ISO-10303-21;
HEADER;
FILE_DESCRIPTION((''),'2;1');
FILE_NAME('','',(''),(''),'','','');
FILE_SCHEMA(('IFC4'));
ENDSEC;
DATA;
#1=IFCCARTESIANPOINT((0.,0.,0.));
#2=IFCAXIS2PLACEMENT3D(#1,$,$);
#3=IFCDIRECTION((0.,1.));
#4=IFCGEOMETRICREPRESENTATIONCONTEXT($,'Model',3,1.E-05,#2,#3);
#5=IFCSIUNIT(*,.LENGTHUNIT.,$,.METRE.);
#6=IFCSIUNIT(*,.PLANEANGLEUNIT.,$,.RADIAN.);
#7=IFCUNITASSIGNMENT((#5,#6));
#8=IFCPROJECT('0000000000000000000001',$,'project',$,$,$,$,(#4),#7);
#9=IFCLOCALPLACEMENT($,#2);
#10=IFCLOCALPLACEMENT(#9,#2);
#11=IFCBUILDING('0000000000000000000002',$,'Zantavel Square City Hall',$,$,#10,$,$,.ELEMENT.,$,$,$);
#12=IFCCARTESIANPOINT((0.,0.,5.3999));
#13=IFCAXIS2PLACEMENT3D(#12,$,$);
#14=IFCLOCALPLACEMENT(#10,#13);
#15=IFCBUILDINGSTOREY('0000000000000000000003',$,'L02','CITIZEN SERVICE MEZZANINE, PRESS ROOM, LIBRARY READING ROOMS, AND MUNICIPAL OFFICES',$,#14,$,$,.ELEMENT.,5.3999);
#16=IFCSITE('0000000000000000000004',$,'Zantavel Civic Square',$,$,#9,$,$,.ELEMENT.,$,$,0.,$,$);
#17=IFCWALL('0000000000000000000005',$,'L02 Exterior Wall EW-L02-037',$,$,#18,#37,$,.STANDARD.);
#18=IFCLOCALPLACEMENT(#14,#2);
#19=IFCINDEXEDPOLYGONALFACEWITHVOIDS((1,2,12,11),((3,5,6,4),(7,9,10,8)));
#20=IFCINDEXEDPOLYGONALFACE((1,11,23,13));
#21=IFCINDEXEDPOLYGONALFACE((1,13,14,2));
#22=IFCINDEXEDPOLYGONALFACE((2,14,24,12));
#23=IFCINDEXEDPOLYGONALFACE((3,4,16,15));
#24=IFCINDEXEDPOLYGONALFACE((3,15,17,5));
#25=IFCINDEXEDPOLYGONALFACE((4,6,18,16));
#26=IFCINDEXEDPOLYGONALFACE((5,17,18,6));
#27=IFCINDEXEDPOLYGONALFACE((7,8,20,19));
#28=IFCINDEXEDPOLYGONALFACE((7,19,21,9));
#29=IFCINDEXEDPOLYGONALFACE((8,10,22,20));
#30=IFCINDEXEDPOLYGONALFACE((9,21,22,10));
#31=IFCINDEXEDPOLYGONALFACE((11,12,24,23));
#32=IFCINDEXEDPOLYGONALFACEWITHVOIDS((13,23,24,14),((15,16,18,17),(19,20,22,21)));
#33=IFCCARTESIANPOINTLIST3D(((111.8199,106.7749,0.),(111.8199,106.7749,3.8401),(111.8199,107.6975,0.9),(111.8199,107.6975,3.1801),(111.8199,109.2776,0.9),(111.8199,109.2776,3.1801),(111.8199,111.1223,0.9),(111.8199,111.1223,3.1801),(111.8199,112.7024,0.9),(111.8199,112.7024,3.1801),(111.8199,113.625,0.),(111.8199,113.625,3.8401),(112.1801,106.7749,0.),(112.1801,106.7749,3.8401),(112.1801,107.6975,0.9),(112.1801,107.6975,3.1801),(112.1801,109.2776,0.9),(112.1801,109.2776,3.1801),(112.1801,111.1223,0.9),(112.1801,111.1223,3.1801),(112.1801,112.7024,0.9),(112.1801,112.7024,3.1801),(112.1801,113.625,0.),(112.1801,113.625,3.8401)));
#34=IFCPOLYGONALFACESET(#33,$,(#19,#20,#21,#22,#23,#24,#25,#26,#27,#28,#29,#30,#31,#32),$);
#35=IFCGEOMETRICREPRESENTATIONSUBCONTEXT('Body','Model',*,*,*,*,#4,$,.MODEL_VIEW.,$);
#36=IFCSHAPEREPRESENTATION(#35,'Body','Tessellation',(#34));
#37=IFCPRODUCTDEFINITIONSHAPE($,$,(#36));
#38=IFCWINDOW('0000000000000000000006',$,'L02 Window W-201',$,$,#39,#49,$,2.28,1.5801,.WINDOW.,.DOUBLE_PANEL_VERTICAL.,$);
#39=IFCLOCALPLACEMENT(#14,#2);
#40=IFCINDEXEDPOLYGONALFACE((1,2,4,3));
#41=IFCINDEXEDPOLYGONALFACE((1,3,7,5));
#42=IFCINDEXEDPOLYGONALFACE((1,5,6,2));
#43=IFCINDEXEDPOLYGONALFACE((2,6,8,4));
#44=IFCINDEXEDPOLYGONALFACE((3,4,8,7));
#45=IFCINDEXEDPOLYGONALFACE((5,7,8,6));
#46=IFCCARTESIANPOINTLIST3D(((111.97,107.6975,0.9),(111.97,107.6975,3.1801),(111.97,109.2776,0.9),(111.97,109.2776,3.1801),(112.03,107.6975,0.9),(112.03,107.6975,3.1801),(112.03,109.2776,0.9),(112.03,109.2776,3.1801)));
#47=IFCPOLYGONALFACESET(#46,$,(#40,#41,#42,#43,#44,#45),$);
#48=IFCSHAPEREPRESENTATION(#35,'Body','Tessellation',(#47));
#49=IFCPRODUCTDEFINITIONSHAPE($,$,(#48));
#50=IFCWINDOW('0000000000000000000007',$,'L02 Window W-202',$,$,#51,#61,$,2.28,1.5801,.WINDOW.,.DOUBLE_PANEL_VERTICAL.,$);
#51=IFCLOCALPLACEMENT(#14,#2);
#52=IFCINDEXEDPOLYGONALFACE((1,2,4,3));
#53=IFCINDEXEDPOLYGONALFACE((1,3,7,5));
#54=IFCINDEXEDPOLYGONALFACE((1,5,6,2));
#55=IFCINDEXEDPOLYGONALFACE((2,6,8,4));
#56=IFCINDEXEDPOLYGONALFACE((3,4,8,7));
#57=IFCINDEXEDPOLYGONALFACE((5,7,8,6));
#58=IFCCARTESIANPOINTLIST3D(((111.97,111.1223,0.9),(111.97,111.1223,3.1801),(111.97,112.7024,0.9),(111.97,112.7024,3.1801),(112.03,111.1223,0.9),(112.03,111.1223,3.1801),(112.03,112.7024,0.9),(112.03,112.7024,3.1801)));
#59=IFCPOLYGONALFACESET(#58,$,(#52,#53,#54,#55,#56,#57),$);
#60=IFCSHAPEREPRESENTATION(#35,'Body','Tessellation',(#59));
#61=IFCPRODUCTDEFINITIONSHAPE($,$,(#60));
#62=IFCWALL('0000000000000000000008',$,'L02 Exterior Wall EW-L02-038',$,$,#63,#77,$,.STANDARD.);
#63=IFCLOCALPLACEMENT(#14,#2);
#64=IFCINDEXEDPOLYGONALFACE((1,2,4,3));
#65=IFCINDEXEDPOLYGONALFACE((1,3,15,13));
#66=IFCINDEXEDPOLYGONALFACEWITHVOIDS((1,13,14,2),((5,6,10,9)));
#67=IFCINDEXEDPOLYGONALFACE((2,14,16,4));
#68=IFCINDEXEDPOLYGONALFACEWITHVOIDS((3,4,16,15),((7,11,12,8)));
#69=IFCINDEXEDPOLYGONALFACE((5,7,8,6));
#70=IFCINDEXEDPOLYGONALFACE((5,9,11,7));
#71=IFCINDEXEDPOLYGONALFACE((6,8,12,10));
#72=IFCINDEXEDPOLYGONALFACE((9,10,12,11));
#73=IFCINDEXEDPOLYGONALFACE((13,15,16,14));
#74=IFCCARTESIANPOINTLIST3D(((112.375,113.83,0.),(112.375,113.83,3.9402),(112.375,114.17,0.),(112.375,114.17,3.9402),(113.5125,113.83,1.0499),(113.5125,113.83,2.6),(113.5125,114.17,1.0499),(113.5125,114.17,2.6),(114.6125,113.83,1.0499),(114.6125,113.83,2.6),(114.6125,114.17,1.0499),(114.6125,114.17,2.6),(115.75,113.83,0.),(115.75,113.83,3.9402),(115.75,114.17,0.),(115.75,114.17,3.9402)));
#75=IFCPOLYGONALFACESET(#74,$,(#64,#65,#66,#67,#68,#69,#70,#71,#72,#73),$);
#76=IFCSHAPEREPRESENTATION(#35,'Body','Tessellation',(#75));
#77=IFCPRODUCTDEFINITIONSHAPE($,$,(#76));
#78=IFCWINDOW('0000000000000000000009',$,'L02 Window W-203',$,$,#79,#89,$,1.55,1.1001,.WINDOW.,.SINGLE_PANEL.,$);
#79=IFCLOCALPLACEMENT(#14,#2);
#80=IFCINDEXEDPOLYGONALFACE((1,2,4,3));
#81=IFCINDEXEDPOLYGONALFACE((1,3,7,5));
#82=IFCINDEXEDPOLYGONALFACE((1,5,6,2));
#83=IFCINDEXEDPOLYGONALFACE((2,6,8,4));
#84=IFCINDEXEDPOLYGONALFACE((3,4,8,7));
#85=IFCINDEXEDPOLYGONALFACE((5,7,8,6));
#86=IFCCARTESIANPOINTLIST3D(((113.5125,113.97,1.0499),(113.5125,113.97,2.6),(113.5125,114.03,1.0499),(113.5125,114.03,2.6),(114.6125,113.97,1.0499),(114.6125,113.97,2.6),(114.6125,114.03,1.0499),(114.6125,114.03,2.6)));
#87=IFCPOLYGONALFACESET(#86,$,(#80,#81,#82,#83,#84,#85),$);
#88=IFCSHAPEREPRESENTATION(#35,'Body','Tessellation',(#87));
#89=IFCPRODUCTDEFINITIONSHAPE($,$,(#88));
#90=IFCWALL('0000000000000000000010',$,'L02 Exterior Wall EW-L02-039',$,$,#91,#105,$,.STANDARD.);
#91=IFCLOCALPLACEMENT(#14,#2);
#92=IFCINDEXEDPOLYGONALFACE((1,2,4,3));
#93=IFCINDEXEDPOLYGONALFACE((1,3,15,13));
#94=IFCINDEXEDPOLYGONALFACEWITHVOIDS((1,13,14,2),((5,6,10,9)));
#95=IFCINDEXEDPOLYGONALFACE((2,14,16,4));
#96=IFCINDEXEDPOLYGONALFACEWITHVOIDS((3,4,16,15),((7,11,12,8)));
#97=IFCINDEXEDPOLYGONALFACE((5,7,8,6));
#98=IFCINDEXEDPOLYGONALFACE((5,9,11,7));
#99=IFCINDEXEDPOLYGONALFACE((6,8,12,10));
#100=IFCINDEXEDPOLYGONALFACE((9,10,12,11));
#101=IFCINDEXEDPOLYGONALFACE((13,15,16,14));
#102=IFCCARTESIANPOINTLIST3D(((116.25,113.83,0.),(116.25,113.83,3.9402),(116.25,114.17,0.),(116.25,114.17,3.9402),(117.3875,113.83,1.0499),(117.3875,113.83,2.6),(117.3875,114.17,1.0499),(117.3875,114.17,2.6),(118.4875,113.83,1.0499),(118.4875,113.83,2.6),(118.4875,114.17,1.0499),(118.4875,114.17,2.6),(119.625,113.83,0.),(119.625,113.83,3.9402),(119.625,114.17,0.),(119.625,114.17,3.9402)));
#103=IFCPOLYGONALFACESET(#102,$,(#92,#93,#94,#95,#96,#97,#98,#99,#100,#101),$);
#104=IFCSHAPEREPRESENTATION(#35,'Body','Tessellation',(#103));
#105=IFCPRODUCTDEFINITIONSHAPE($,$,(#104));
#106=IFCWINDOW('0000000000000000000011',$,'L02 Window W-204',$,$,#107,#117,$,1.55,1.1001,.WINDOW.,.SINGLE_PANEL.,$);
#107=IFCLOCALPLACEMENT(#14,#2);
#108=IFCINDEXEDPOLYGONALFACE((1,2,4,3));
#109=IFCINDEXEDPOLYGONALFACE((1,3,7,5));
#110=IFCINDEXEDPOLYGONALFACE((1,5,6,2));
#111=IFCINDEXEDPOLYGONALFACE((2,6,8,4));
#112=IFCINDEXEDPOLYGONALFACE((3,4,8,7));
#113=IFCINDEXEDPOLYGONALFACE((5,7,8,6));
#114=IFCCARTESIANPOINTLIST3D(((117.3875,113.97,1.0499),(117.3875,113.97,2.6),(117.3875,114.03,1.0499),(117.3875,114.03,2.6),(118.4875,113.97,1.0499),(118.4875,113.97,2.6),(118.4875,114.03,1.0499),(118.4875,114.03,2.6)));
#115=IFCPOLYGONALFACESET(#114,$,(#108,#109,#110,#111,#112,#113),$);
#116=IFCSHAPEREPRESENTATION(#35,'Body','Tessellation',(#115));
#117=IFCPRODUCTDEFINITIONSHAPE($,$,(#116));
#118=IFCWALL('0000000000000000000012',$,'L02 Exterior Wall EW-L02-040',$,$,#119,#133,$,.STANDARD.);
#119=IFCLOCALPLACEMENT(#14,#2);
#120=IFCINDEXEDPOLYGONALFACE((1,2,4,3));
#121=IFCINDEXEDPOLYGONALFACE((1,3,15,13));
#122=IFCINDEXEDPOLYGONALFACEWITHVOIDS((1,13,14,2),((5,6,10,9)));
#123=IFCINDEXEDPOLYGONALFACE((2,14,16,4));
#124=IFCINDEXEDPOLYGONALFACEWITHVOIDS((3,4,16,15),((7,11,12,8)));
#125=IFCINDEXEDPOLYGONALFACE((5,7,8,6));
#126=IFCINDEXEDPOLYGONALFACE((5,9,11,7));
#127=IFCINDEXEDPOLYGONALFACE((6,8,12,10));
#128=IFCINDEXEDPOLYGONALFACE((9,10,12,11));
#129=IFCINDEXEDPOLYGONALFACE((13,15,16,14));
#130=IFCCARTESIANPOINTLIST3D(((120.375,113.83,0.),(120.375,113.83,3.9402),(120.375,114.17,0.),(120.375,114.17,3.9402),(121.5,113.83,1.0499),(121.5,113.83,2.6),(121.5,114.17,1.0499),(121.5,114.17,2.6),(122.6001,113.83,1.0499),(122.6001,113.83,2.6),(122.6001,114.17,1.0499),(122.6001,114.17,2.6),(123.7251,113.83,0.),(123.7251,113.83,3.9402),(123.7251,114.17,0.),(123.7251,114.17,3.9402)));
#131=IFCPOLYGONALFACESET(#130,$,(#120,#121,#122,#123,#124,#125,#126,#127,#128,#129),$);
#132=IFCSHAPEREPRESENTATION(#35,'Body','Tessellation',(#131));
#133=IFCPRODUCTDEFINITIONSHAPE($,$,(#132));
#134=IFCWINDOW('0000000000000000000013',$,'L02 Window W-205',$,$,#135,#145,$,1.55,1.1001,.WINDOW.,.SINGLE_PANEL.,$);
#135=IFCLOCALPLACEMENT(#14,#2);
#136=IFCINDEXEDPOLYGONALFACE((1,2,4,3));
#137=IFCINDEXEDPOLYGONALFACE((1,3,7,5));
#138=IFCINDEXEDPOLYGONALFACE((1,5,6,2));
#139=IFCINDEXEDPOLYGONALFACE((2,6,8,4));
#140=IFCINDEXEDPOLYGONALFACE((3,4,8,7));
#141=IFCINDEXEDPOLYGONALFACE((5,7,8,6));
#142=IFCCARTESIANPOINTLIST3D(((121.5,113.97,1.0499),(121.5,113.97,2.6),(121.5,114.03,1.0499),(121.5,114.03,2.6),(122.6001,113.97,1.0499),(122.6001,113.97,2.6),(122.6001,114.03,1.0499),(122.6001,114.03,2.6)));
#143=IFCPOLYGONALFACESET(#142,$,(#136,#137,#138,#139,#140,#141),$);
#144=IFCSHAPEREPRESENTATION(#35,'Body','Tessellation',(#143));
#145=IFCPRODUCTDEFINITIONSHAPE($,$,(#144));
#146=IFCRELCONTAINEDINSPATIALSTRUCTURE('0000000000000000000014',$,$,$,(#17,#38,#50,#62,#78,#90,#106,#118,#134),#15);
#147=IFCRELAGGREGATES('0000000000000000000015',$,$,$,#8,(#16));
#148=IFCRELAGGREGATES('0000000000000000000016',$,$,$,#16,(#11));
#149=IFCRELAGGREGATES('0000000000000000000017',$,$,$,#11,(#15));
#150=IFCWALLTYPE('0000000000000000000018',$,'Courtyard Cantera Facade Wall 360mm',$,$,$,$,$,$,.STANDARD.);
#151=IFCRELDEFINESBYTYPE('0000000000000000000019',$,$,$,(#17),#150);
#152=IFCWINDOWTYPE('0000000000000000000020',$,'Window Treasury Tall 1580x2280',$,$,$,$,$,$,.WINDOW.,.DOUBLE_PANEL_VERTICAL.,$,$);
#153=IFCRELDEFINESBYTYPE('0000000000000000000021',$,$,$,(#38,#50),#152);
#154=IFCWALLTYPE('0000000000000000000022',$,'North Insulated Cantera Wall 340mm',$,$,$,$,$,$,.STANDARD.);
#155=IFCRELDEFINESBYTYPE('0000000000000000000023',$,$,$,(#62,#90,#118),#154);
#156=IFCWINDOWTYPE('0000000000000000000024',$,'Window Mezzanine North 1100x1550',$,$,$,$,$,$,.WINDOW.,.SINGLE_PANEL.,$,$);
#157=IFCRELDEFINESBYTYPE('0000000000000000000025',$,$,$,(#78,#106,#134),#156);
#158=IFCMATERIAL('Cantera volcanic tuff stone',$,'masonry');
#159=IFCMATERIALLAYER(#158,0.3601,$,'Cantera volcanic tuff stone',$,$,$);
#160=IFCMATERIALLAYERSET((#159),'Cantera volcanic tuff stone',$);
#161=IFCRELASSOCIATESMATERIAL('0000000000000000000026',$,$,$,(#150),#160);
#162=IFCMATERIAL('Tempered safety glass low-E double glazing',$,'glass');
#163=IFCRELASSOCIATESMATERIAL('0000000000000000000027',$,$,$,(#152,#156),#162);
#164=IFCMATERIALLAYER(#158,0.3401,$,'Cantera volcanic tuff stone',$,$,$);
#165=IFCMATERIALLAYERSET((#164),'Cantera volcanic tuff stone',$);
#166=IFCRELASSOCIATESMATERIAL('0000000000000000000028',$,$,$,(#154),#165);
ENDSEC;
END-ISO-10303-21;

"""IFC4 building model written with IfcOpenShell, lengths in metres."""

from ifc_helpers import new_model, si_unit, direction, frame, frame_2d, origin, place, context, subcontext, project, spatial, rectangle, extrude, material, layer, layer_set, type_object, element, fill, save


model = new_model("IFC4")

# Units and contexts
model_context = context("Model", 3, precision=1e-05, world=origin(), true_north=direction((0.0, 1.0)))
body_context = subcontext(model_context, "Body", "Model", "MODEL_VIEW")
ifc_project = project(units=[si_unit("LENGTHUNIT", "METRE"), si_unit("PLANEANGLEUNIT", "RADIAN")], contexts=[model_context])

# Site, building, storey
site_placement = place(None, origin())
site = spatial("IfcSite", under=ifc_project, at=site_placement, Name="Zantavel Civic Square", CompositionType="ELEMENT", RefElevation=0.0)
building_placement = place(site_placement, origin())
building = spatial("IfcBuilding", under=site, at=building_placement, Name="Zantavel Square City Hall", CompositionType="ELEMENT")
storey_placement = place(building_placement, frame((0.0, 0.0, 5.3999)))
storey = spatial("IfcBuildingStorey", under=building, at=storey_placement, Name="L02", Description="CITIZEN SERVICE MEZZANINE, PRESS ROOM, LIBRARY READING ROOMS, AND MUNICIPAL OFFICES", CompositionType="ELEMENT", Elevation=5.3999)

# Wall, openings, windows
ifc_material_1 = material(Name="Cantera volcanic tuff stone", Category="masonry")
ifc_layer_1 = layer(ifc_material_1, 0.3601, Name="Cantera volcanic tuff stone")
ifc_layer_set_1 = layer_set([ifc_layer_1], Name="Cantera volcanic tuff stone")
wall_type_1 = type_object("IfcWallType", Name="Courtyard Cantera Facade Wall 360mm", PredefinedType="STANDARD", material=ifc_layer_set_1)
wall_1_placement = place(storey_placement, frame((112.0, 106.7749, 0.0), z_axis=(0.0, 0.0, 1.0), x_axis=(0.0, 1.0, 0.0)))
wall_1 = element("IfcWall", 1, at=wall_1_placement, inside=storey, type_object=wall_type_1, Name="L02 Exterior Wall EW-L02-037", PredefinedType="STANDARD", context=body_context, shape_type="SweptSolid", body=[
    extrude(rectangle(XDim=6.8501, YDim=0.3601, at=frame_2d((3.425, 0.0))), origin(), (0.0, 0.0, 1.0), 3.8401),
])
opening_1_placement = place(wall_1_placement, frame((0.9226, 0.0, 0.8999)))
opening_1 = element("IfcOpeningElement", 2, at=opening_1_placement, cuts=wall_1, PredefinedType="OPENING", context=body_context, shape_type="SweptSolid", body=[
    extrude(rectangle(XDim=1.5801, YDim=2.28, at=frame_2d((0.79, 1.1401))), frame((0.0, 0.1899, 0.0), z_axis=(0.0, -1.0, 0.0), x_axis=(1.0, 0.0, 0.0)), (0.0, 0.0, 1.0), 0.3801),
])
opening_2_placement = place(wall_1_placement, frame((4.3474, 0.0, 0.8999)))
opening_2 = element("IfcOpeningElement", 3, at=opening_2_placement, cuts=wall_1, PredefinedType="OPENING", context=body_context, shape_type="SweptSolid", body=[
    extrude(rectangle(XDim=1.5801, YDim=2.28, at=frame_2d((0.79, 1.1401))), frame((0.0, 0.1899, 0.0), z_axis=(0.0, -1.0, 0.0), x_axis=(1.0, 0.0, 0.0)), (0.0, 0.0, 1.0), 0.3801),
])
ifc_material_2 = material(Name="Tempered safety glass low-E double glazing", Category="glass")
window_type_1 = type_object("IfcWindowType", Name="Window Treasury Tall 1580x2280", PartitioningType="DOUBLE_PANEL_VERTICAL", PredefinedType="WINDOW", material=ifc_material_2)
window_1_placement = place(opening_1_placement, origin())
window_1 = element("IfcWindow", 4, at=window_1_placement, inside=storey, type_object=window_type_1, Name="L02 Window W-201", OverallHeight=2.28, OverallWidth=1.5801, PartitioningType="DOUBLE_PANEL_VERTICAL", PredefinedType="WINDOW", context=body_context, shape_type="SweptSolid", body=[
    extrude(rectangle(XDim=1.5801, YDim=2.28, at=frame_2d((0.79, 1.1401))), frame((0.0, 0.03, 0.0), z_axis=(0.0, -1.0, 0.0), x_axis=(1.0, 0.0, 0.0)), (0.0, 0.0, 1.0), 0.0601),
])
fill(opening_1, window_1)
window_2_placement = place(opening_2_placement, origin())
window_2 = element("IfcWindow", 5, at=window_2_placement, inside=storey, type_object=window_type_1, Name="L02 Window W-202", OverallHeight=2.28, OverallWidth=1.5801, PartitioningType="DOUBLE_PANEL_VERTICAL", PredefinedType="WINDOW", context=body_context, shape_type="SweptSolid", body=[
    extrude(rectangle(XDim=1.5801, YDim=2.28, at=frame_2d((0.79, 1.1401))), frame((0.0, 0.03, 0.0), z_axis=(0.0, -1.0, 0.0), x_axis=(1.0, 0.0, 0.0)), (0.0, 0.0, 1.0), 0.0601),
])
fill(opening_2, window_2)

# Walls, openings, windows
ifc_layer_2 = layer(ifc_material_1, 0.3401, Name="Cantera volcanic tuff stone")
ifc_layer_set_2 = layer_set([ifc_layer_2], Name="Cantera volcanic tuff stone")
wall_type_2 = type_object("IfcWallType", Name="North Insulated Cantera Wall 340mm", PredefinedType="STANDARD", material=ifc_layer_set_2)
wall_2_placement = place(storey_placement, frame((112.375, 114.0, 0.0), z_axis=(0.0, 0.0, 1.0), x_axis=(1.0, 0.0, 0.0)))
wall_2 = element("IfcWall", 6, at=wall_2_placement, inside=storey, type_object=wall_type_2, Name="L02 Exterior Wall EW-L02-038", PredefinedType="STANDARD", context=body_context, shape_type="SweptSolid", body=[
    extrude(rectangle(XDim=3.375, YDim=0.3401, at=frame_2d((1.6875, 0.0))), origin(), (0.0, 0.0, 1.0), 3.9402),
])
opening_3_placement = place(wall_2_placement, frame((1.1375, 0.0, 1.05)))
opening_3 = element("IfcOpeningElement", 7, at=opening_3_placement, cuts=wall_2, PredefinedType="OPENING", context=body_context, shape_type="SweptSolid", body=[
    extrude(rectangle(XDim=1.1001, YDim=1.55, at=frame_2d((0.55, 0.7749))), frame((0.0, 0.1799, 0.0), z_axis=(0.0, -1.0, 0.0), x_axis=(1.0, 0.0, 0.0)), (0.0, 0.0, 1.0), 0.3601),
])
window_type_2 = type_object("IfcWindowType", Name="Window Mezzanine North 1100x1550", PartitioningType="SINGLE_PANEL", PredefinedType="WINDOW", material=ifc_material_2)
window_3_placement = place(opening_3_placement, origin())
window_3 = element("IfcWindow", 8, at=window_3_placement, inside=storey, type_object=window_type_2, Name="L02 Window W-203", OverallHeight=1.55, OverallWidth=1.1001, PartitioningType="SINGLE_PANEL", PredefinedType="WINDOW", context=body_context, shape_type="SweptSolid", body=[
    extrude(rectangle(XDim=1.1001, YDim=1.55, at=frame_2d((0.55, 0.7749))), frame((0.0, 0.03, 0.0), z_axis=(0.0, -1.0, 0.0), x_axis=(1.0, 0.0, 0.0)), (0.0, 0.0, 1.0), 0.0601),
])
fill(opening_3, window_3)
wall_3_placement = place(storey_placement, frame((116.25, 114.0, 0.0), z_axis=(0.0, 0.0, 1.0), x_axis=(1.0, 0.0, 0.0)))
wall_3 = element("IfcWall", 9, at=wall_3_placement, inside=storey, type_object=wall_type_2, Name="L02 Exterior Wall EW-L02-039", PredefinedType="STANDARD", context=body_context, shape_type="SweptSolid", body=[
    extrude(rectangle(XDim=3.375, YDim=0.3401, at=frame_2d((1.6875, 0.0))), origin(), (0.0, 0.0, 1.0), 3.9402),
])
opening_4_placement = place(wall_3_placement, frame((1.1375, 0.0, 1.05)))
opening_4 = element("IfcOpeningElement", 10, at=opening_4_placement, cuts=wall_3, PredefinedType="OPENING", context=body_context, shape_type="SweptSolid", body=[
    extrude(rectangle(XDim=1.1001, YDim=1.55, at=frame_2d((0.55, 0.7749))), frame((0.0, 0.1799, 0.0), z_axis=(0.0, -1.0, 0.0), x_axis=(1.0, 0.0, 0.0)), (0.0, 0.0, 1.0), 0.3601),
])
window_4_placement = place(opening_4_placement, origin())
window_4 = element("IfcWindow", 11, at=window_4_placement, inside=storey, type_object=window_type_2, Name="L02 Window W-204", OverallHeight=1.55, OverallWidth=1.1001, PartitioningType="SINGLE_PANEL", PredefinedType="WINDOW", context=body_context, shape_type="SweptSolid", body=[
    extrude(rectangle(XDim=1.1001, YDim=1.55, at=frame_2d((0.55, 0.7749))), frame((0.0, 0.03, 0.0), z_axis=(0.0, -1.0, 0.0), x_axis=(1.0, 0.0, 0.0)), (0.0, 0.0, 1.0), 0.0601),
])
fill(opening_4, window_4)
wall_4_placement = place(storey_placement, frame((120.375, 114.0, 0.0), z_axis=(0.0, 0.0, 1.0), x_axis=(1.0, 0.0, 0.0)))
wall_4 = element("IfcWall", 12, at=wall_4_placement, inside=storey, type_object=wall_type_2, Name="L02 Exterior Wall EW-L02-040", PredefinedType="STANDARD", context=body_context, shape_type="SweptSolid", body=[
    extrude(rectangle(XDim=3.3501, YDim=0.3401, at=frame_2d((1.675, 0.0))), origin(), (0.0, 0.0, 1.0), 3.9402),
])
opening_5_placement = place(wall_4_placement, frame((1.125, 0.0, 1.05)))
opening_5 = element("IfcOpeningElement", 13, at=opening_5_placement, cuts=wall_4, PredefinedType="OPENING", context=body_context, shape_type="SweptSolid", body=[
    extrude(rectangle(XDim=1.1001, YDim=1.55, at=frame_2d((0.55, 0.7749))), frame((0.0, 0.1799, 0.0), z_axis=(0.0, -1.0, 0.0), x_axis=(1.0, 0.0, 0.0)), (0.0, 0.0, 1.0), 0.3601),
])
window_5_placement = place(opening_5_placement, origin())
window_5 = element("IfcWindow", 14, at=window_5_placement, inside=storey, type_object=window_type_2, Name="L02 Window W-205", OverallHeight=1.55, OverallWidth=1.1001, PartitioningType="SINGLE_PANEL", PredefinedType="WINDOW", context=body_context, shape_type="SweptSolid", body=[
    extrude(rectangle(XDim=1.1001, YDim=1.55, at=frame_2d((0.55, 0.7749))), frame((0.0, 0.03, 0.0), z_axis=(0.0, -1.0, 0.0), x_axis=(1.0, 0.0, 0.0)), (0.0, 0.0, 1.0), 0.0601),
])
fill(opening_5, window_5)

save(model, "model.ifc")
